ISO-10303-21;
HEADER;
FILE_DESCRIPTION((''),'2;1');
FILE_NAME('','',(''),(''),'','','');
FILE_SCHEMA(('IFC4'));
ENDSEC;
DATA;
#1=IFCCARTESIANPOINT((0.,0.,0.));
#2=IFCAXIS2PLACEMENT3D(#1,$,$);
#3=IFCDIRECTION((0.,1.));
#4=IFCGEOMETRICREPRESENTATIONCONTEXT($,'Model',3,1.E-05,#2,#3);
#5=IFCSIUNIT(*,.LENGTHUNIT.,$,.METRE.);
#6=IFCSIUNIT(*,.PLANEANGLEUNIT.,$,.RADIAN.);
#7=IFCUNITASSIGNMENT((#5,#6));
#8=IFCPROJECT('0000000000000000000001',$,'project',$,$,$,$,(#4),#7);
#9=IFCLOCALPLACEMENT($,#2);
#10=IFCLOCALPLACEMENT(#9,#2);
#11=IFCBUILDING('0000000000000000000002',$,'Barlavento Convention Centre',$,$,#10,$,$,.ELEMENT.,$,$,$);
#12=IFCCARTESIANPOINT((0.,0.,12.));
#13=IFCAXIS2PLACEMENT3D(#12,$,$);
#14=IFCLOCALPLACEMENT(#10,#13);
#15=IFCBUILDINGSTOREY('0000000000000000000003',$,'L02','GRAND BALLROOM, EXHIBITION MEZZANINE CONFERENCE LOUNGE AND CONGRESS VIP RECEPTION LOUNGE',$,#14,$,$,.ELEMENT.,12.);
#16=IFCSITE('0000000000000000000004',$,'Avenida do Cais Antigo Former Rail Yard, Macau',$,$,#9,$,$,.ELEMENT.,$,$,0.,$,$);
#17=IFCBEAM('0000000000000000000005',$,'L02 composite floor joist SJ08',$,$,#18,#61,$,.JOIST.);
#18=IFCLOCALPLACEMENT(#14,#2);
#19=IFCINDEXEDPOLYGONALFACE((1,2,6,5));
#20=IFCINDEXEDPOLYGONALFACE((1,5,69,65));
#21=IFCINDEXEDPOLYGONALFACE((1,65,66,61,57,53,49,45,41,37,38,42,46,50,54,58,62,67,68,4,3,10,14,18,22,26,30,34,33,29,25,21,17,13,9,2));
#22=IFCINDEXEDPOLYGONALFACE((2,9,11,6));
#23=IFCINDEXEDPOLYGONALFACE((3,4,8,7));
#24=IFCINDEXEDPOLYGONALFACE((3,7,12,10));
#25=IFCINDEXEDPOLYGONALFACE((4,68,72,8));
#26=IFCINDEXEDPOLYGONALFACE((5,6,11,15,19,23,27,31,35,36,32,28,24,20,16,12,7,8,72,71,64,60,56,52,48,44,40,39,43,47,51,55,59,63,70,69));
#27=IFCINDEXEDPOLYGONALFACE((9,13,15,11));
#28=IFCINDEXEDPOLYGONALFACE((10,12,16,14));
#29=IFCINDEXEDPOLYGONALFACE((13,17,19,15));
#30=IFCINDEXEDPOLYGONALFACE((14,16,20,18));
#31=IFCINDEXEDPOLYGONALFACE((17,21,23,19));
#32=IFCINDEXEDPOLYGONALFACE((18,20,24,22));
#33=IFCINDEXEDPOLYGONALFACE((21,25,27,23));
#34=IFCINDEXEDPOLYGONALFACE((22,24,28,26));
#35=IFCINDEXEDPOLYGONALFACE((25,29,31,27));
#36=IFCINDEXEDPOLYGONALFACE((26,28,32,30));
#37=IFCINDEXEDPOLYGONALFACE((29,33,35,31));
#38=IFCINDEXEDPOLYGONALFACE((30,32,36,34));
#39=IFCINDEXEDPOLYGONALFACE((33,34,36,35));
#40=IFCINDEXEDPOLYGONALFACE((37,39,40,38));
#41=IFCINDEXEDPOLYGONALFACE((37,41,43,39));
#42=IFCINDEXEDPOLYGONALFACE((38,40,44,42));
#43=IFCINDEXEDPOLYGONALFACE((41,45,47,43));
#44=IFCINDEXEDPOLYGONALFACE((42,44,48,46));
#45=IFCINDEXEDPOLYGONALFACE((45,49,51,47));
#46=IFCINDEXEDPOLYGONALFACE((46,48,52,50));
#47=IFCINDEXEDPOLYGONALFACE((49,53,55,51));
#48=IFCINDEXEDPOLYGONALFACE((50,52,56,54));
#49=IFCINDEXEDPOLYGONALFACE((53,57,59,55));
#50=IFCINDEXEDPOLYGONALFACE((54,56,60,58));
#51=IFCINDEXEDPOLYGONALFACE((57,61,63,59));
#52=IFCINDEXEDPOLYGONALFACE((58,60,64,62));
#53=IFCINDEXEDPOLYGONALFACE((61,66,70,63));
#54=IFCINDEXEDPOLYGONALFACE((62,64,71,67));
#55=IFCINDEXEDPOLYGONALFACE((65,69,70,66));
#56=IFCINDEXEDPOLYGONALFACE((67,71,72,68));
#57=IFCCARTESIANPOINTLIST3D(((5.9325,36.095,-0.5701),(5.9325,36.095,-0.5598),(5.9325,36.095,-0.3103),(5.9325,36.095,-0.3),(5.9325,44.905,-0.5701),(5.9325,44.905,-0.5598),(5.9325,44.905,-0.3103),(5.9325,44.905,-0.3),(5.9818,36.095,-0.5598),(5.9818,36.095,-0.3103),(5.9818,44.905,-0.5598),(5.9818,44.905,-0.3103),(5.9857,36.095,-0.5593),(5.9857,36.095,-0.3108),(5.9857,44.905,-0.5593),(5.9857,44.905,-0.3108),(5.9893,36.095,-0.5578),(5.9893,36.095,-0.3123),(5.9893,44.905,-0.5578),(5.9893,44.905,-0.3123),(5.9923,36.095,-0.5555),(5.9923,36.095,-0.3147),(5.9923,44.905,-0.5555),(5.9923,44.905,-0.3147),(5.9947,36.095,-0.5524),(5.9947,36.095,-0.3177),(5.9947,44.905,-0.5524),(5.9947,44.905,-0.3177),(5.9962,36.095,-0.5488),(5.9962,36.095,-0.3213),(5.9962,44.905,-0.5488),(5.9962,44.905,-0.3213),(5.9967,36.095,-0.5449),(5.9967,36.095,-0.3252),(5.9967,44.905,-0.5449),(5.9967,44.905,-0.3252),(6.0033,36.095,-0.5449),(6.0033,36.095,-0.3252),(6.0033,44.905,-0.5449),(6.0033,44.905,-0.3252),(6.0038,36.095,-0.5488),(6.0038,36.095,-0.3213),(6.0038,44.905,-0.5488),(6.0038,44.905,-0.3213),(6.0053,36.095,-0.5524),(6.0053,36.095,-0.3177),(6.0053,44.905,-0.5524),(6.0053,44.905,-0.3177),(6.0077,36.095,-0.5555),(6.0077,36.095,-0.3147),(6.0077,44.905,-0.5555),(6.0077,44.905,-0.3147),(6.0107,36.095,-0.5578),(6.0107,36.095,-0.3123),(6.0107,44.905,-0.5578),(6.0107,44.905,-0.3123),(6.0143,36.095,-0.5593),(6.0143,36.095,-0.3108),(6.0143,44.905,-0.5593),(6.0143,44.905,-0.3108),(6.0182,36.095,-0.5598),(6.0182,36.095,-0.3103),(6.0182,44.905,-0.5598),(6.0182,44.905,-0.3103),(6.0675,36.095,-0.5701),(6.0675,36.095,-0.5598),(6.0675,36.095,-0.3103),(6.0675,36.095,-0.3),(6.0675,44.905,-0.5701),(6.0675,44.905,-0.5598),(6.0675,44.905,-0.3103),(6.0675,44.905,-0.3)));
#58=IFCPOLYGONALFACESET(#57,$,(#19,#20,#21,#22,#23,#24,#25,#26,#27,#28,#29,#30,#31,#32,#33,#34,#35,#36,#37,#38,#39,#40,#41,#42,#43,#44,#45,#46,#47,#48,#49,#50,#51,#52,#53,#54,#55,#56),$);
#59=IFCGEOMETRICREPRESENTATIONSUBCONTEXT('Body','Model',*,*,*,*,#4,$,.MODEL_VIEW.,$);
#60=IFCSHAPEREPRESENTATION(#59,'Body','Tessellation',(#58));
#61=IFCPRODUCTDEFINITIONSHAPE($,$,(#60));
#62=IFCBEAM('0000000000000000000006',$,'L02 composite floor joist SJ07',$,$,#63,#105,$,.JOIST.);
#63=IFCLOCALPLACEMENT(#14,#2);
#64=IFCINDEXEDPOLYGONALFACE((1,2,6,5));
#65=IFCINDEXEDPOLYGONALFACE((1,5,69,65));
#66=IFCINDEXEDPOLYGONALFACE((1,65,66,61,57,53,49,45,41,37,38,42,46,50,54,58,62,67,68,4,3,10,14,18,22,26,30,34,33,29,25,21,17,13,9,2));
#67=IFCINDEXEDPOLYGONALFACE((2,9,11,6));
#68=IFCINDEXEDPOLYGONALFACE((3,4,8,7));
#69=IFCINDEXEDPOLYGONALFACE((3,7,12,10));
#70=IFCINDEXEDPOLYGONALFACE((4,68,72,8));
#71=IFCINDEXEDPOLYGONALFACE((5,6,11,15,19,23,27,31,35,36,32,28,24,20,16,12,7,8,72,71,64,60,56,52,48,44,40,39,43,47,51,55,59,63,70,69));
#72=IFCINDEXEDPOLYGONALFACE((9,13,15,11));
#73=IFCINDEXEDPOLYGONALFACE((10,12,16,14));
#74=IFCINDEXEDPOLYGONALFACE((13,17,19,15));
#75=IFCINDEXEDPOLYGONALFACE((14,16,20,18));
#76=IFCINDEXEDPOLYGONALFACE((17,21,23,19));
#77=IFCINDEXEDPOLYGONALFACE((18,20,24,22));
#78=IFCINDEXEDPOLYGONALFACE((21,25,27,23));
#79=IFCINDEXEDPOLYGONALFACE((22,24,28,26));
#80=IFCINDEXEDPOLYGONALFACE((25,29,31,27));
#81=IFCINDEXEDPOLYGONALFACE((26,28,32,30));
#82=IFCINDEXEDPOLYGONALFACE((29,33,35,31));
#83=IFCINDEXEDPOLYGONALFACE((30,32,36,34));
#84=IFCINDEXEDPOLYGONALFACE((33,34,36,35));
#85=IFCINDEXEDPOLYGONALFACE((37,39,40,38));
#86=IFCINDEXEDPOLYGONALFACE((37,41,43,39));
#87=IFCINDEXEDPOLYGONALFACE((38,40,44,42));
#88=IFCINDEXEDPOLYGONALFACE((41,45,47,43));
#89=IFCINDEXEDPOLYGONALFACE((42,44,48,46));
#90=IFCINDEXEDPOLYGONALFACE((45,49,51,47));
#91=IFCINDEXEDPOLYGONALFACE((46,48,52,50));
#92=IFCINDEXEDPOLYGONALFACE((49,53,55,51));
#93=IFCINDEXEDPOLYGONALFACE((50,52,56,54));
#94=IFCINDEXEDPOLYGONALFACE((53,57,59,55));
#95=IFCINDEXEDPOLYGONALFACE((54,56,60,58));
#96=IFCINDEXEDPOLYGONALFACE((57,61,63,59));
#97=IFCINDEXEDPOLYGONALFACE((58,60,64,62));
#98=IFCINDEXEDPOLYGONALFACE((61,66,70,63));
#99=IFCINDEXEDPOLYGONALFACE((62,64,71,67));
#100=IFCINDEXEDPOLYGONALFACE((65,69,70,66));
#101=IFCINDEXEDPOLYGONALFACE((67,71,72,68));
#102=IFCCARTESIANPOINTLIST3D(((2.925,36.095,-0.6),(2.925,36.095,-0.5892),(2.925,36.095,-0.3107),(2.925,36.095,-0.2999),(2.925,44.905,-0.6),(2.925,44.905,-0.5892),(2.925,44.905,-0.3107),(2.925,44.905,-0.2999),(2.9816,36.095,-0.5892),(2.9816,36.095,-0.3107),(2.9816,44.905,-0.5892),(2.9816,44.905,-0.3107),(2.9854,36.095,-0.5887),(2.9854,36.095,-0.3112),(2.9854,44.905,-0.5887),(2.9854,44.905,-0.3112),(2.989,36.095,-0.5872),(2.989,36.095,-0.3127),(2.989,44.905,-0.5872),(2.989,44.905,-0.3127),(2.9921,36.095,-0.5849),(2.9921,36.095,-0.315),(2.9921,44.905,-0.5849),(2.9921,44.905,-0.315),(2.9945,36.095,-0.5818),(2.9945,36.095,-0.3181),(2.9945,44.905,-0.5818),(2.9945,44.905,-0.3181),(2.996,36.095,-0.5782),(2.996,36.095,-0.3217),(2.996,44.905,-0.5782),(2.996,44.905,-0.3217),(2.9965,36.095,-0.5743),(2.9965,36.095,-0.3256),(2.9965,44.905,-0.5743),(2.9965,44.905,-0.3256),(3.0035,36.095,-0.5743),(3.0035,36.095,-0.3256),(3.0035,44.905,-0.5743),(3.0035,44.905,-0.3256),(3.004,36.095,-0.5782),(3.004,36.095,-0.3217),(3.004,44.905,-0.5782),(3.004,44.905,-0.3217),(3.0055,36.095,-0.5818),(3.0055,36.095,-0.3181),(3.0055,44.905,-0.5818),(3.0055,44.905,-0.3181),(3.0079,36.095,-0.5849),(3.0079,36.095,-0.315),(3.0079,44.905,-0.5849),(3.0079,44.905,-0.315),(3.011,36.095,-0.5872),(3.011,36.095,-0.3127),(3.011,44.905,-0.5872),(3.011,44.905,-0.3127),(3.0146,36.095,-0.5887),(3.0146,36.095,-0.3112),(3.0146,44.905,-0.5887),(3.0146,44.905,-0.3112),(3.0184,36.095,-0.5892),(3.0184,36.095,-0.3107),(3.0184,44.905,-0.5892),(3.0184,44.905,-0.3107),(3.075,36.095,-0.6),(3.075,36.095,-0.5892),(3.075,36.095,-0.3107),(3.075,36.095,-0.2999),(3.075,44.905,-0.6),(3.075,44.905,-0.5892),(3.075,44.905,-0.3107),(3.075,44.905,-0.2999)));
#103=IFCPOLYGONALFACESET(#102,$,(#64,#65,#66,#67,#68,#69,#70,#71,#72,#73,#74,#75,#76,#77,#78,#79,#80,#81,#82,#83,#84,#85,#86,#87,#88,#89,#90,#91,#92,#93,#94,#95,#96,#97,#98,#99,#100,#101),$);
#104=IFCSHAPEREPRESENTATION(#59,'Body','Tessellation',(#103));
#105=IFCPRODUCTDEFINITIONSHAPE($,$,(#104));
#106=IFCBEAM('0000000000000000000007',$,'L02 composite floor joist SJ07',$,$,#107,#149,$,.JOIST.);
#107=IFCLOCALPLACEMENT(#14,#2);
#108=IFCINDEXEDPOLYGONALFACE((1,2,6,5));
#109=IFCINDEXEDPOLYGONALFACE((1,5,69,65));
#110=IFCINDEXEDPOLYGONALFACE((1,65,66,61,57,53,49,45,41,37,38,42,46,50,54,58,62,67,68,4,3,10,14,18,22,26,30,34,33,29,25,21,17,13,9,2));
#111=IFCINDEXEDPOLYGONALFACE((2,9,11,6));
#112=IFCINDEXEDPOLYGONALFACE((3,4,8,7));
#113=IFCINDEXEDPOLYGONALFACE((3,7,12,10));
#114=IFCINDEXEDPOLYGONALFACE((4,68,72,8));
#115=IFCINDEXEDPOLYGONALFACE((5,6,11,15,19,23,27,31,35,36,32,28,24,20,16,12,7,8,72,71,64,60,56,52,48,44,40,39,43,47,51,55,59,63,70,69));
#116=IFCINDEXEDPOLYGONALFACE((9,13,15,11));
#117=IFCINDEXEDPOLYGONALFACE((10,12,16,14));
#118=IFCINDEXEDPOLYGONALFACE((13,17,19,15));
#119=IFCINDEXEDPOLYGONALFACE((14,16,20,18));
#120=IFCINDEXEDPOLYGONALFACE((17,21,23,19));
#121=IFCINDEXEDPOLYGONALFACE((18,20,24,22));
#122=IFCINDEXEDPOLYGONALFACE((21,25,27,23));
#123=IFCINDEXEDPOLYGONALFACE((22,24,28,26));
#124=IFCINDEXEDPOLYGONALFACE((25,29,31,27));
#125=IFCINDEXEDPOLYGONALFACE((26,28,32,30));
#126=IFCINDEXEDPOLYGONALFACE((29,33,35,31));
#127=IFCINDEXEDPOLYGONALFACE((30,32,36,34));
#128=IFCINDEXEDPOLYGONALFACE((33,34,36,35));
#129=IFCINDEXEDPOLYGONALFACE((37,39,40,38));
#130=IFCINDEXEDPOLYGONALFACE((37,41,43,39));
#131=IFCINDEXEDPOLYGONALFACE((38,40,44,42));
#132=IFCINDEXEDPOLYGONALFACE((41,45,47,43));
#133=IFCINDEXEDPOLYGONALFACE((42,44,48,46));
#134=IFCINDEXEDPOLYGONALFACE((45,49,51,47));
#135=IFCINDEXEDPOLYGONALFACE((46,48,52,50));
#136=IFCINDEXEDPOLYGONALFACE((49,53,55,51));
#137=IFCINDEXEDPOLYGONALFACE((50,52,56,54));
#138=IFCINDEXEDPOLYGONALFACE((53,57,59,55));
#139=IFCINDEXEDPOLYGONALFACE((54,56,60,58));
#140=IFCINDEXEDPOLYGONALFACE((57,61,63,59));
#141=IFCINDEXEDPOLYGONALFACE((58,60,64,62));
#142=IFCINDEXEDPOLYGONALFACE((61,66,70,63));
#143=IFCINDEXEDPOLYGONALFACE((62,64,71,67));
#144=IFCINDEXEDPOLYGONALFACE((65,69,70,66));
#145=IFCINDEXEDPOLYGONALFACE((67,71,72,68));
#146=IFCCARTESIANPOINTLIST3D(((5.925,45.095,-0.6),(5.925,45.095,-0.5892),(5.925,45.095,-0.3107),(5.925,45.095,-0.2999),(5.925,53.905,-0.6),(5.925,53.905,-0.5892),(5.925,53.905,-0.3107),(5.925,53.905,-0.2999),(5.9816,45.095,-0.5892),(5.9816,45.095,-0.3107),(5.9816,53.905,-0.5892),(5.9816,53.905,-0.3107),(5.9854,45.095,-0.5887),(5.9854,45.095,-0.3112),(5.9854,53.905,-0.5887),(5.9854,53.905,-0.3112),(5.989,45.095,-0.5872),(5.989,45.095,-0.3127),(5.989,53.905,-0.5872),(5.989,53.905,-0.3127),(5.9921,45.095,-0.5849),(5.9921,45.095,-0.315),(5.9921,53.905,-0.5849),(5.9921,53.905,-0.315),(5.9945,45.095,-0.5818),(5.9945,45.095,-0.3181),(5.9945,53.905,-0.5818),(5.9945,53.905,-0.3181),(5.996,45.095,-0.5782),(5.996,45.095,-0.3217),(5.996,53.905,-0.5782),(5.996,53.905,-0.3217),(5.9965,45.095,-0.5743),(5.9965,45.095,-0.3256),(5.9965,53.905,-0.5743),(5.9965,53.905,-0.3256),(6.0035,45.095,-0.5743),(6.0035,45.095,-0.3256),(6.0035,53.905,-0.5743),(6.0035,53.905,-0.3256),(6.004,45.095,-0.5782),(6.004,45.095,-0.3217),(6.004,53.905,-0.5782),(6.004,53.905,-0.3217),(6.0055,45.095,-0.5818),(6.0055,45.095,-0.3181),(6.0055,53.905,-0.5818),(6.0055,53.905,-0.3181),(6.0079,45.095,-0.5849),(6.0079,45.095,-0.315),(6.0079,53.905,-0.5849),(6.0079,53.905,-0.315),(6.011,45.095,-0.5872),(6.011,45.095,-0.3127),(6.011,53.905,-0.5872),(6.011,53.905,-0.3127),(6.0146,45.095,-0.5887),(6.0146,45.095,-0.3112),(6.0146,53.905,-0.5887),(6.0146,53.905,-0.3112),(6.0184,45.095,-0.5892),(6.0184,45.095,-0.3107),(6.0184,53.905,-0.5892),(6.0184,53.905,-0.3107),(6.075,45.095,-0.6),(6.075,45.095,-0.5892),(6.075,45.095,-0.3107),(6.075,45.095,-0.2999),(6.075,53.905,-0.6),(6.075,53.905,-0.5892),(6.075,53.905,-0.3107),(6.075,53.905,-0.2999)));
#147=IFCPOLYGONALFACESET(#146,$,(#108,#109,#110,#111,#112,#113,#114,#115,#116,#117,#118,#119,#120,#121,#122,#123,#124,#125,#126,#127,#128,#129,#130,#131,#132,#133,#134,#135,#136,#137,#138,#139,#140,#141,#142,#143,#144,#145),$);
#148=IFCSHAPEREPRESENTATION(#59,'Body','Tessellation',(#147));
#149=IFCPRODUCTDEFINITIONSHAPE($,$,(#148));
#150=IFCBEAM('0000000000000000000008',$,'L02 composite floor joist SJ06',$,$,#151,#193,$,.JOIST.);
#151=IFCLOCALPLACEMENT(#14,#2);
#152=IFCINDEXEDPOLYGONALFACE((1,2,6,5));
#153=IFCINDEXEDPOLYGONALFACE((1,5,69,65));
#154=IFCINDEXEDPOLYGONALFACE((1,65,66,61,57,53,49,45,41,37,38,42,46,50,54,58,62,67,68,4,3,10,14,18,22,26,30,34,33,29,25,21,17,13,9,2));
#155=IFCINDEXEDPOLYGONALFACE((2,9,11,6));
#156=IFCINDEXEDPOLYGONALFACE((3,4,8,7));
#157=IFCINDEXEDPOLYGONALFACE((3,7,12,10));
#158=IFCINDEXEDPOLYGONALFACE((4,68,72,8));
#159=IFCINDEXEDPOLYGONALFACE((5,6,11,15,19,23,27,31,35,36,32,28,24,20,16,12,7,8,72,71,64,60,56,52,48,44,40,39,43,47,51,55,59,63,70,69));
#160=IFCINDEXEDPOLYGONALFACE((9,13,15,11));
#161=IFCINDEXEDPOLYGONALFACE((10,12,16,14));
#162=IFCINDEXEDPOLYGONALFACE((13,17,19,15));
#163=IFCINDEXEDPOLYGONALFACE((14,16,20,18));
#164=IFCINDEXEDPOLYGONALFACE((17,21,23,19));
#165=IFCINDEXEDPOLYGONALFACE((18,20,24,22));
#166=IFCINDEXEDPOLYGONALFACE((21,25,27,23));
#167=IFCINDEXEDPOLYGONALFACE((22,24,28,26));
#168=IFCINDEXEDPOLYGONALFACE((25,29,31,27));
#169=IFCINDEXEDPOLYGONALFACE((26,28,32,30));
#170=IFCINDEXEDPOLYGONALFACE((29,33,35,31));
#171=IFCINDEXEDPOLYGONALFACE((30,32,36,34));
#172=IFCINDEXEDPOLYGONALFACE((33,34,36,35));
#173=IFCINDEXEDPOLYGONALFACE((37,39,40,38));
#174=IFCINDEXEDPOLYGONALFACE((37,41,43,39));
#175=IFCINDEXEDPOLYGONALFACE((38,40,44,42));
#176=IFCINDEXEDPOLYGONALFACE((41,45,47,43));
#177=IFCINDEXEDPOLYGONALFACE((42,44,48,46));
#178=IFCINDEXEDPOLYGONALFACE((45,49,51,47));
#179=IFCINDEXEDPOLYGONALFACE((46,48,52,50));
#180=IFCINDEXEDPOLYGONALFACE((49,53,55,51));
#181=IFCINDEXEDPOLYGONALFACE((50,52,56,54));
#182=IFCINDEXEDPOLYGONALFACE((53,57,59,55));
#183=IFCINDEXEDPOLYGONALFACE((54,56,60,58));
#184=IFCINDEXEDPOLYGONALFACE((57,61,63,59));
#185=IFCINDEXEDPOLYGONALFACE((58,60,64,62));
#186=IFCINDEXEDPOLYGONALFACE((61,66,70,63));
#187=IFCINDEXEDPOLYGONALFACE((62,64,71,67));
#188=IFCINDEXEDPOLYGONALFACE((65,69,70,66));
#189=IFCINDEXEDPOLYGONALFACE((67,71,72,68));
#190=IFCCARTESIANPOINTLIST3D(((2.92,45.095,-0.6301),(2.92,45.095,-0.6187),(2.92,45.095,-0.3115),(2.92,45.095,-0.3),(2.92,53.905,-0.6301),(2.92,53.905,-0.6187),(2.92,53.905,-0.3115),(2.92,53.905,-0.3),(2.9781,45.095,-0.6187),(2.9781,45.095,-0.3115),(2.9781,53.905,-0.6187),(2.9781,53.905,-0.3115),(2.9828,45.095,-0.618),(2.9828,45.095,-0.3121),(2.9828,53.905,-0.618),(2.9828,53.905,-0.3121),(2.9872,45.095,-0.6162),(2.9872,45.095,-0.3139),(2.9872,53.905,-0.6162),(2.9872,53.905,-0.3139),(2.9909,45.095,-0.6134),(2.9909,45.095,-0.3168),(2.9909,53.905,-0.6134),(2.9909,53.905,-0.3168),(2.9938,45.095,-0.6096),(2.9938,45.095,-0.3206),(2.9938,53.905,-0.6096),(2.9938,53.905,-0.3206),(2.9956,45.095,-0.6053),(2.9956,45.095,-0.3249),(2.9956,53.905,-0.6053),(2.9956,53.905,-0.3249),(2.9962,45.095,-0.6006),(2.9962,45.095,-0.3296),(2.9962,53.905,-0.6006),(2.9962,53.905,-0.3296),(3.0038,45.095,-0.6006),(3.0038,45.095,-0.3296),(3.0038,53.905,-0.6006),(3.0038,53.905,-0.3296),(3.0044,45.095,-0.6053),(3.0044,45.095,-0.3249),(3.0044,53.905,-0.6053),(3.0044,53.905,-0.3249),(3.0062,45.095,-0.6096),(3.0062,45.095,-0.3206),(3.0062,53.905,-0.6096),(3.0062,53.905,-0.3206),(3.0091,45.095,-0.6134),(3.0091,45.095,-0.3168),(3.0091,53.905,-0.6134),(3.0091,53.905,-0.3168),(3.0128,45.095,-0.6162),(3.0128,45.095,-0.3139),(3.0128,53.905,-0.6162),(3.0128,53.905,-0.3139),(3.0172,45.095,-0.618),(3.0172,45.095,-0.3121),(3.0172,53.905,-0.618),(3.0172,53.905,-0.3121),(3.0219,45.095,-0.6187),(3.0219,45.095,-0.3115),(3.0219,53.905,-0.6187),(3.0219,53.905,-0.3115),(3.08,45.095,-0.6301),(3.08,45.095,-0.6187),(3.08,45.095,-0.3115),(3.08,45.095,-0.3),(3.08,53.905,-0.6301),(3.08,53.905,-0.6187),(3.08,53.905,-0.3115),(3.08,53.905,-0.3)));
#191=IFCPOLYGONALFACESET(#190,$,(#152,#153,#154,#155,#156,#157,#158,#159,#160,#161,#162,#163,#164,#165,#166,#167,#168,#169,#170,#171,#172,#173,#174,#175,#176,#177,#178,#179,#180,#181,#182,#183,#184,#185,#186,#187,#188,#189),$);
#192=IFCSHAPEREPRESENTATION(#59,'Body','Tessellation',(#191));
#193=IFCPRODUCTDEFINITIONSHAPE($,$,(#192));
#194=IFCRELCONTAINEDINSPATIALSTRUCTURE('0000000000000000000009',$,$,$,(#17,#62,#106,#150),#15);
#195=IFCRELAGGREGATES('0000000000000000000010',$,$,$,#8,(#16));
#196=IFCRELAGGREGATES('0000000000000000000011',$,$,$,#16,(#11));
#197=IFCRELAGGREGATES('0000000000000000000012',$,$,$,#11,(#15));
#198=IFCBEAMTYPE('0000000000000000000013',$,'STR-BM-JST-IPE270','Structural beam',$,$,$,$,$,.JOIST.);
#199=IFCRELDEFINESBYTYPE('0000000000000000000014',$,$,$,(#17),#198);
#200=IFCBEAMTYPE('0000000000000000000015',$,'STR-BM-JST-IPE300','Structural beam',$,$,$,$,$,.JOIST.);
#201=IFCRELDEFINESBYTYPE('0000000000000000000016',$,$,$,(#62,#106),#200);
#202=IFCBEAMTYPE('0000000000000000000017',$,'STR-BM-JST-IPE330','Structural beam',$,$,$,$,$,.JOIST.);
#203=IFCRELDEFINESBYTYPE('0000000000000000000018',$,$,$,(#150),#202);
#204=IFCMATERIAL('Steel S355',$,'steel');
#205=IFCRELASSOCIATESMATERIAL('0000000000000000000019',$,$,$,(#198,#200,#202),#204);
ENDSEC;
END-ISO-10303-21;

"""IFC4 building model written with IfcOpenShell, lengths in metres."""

from ifc_helpers import new_model, si_unit, direction, frame, origin, origin_2d, place, context, subcontext, project, spatial, i_section, extrude, material, material_profile, profile_set, type_object, element, save


model = new_model("IFC4")

# Units and contexts
model_context = context("Model", 3, precision=1e-05, world=origin(), true_north=direction((0.0, 1.0)))
body_context = subcontext(model_context, "Body", "Model", "MODEL_VIEW")
ifc_project = project(units=[si_unit("LENGTHUNIT", "METRE"), si_unit("PLANEANGLEUNIT", "RADIAN")], contexts=[model_context])

# Site, building, storey
site_placement = place(None, origin())
site = spatial("IfcSite", under=ifc_project, at=site_placement, Name="Avenida do Cais Antigo Former Rail Yard, Macau", CompositionType="ELEMENT", RefElevation=0.0)
building_placement = place(site_placement, origin())
building = spatial("IfcBuilding", under=site, at=building_placement, Name="Barlavento Convention Centre", CompositionType="ELEMENT")
storey_placement = place(building_placement, frame((0.0, 0.0, 12.0)))
storey = spatial("IfcBuildingStorey", under=building, at=storey_placement, Name="L02", Description="GRAND BALLROOM, EXHIBITION MEZZANINE CONFERENCE LOUNGE AND CONGRESS VIP RECEPTION LOUNGE", CompositionType="ELEMENT", Elevation=12.0)

# Shared definitions
ifc_material_1 = material(Name="Steel S355", Category="steel")

# Beams
ifc_material_profile_1 = material_profile(ifc_material_1, i_section(OverallWidth=0.135, OverallDepth=0.27, WebThickness=0.0066, FlangeThickness=0.0103, FilletRadius=0.0149, at=origin_2d()), Name="IPE 270")
ifc_profile_set_1 = profile_set([ifc_material_profile_1], Name="Steel S355")
beam_type_1 = type_object("IfcBeamType", Name="STR-BM-JST-IPE270", Description="Structural beam", PredefinedType="JOIST", material=ifc_profile_set_1)
beam_1_placement = place(storey_placement, frame((6.0, 36.095, -0.4351), z_axis=(0.0, 1.0, 0.0), x_axis=(-1.0, 0.0, 0.0)))
element("IfcBeam", 1, at=beam_1_placement, inside=storey, type_object=beam_type_1, Name="L02 composite floor joist SJ08", PredefinedType="JOIST", context=body_context, shape_type="SweptSolid", body=[
    extrude(i_section(OverallWidth=0.135, OverallDepth=0.27, WebThickness=0.0066, FlangeThickness=0.0103, FilletRadius=0.0149, at=origin_2d()), origin(), (0.0, 0.0, 1.0), 8.8101),
])
ifc_material_profile_2 = material_profile(ifc_material_1, i_section(OverallWidth=0.1499, OverallDepth=0.3, WebThickness=0.0071, FlangeThickness=0.0107, FilletRadius=0.0149, at=origin_2d()), Name="IPE 300")
ifc_profile_set_2 = profile_set([ifc_material_profile_2], Name="Steel S355")
beam_type_2 = type_object("IfcBeamType", Name="STR-BM-JST-IPE300", Description="Structural beam", PredefinedType="JOIST", material=ifc_profile_set_2)
for number, where, z_axis, x_axis, name in (
    (2, (3.0, 36.095, -0.45), (0.0, 1.0, 0.0), (-1.0, 0.0, 0.0), "L02 composite floor joist SJ07"),
    (3, (6.0, 45.095, -0.45), (0.0, 1.0, 0.0), (-1.0, 0.0, 0.0), "L02 composite floor joist SJ07"),
):
    element("IfcBeam", number, at=place(storey_placement, frame(where, z_axis=z_axis, x_axis=x_axis)), inside=storey, type_object=beam_type_2, Name=name, PredefinedType="JOIST", context=body_context, shape_type="SweptSolid", body=[
        extrude(i_section(OverallWidth=0.1499, OverallDepth=0.3, WebThickness=0.0071, FlangeThickness=0.0107, FilletRadius=0.0149, at=origin_2d()), origin(), (0.0, 0.0, 1.0), 8.8101),
    ])
ifc_material_profile_3 = material_profile(ifc_material_1, i_section(OverallWidth=0.1599, OverallDepth=0.3301, WebThickness=0.0076, FlangeThickness=0.0115, FilletRadius=0.0181, at=origin_2d()), Name="IPE 330")
ifc_profile_set_3 = profile_set([ifc_material_profile_3], Name="Steel S355")
beam_type_3 = type_object("IfcBeamType", Name="STR-BM-JST-IPE330", Description="Structural beam", PredefinedType="JOIST", material=ifc_profile_set_3)
beam_2_placement = place(storey_placement, frame((3.0, 45.095, -0.4651), z_axis=(0.0, 1.0, 0.0), x_axis=(-1.0, 0.0, 0.0)))
element("IfcBeam", 4, at=beam_2_placement, inside=storey, type_object=beam_type_3, Name="L02 composite floor joist SJ06", PredefinedType="JOIST", context=body_context, shape_type="SweptSolid", body=[
    extrude(i_section(OverallWidth=0.1599, OverallDepth=0.3301, WebThickness=0.0076, FlangeThickness=0.0115, FilletRadius=0.0181, at=origin_2d()), origin(), (0.0, 0.0, 1.0), 8.8101),
])

save(model, "model.ifc")
